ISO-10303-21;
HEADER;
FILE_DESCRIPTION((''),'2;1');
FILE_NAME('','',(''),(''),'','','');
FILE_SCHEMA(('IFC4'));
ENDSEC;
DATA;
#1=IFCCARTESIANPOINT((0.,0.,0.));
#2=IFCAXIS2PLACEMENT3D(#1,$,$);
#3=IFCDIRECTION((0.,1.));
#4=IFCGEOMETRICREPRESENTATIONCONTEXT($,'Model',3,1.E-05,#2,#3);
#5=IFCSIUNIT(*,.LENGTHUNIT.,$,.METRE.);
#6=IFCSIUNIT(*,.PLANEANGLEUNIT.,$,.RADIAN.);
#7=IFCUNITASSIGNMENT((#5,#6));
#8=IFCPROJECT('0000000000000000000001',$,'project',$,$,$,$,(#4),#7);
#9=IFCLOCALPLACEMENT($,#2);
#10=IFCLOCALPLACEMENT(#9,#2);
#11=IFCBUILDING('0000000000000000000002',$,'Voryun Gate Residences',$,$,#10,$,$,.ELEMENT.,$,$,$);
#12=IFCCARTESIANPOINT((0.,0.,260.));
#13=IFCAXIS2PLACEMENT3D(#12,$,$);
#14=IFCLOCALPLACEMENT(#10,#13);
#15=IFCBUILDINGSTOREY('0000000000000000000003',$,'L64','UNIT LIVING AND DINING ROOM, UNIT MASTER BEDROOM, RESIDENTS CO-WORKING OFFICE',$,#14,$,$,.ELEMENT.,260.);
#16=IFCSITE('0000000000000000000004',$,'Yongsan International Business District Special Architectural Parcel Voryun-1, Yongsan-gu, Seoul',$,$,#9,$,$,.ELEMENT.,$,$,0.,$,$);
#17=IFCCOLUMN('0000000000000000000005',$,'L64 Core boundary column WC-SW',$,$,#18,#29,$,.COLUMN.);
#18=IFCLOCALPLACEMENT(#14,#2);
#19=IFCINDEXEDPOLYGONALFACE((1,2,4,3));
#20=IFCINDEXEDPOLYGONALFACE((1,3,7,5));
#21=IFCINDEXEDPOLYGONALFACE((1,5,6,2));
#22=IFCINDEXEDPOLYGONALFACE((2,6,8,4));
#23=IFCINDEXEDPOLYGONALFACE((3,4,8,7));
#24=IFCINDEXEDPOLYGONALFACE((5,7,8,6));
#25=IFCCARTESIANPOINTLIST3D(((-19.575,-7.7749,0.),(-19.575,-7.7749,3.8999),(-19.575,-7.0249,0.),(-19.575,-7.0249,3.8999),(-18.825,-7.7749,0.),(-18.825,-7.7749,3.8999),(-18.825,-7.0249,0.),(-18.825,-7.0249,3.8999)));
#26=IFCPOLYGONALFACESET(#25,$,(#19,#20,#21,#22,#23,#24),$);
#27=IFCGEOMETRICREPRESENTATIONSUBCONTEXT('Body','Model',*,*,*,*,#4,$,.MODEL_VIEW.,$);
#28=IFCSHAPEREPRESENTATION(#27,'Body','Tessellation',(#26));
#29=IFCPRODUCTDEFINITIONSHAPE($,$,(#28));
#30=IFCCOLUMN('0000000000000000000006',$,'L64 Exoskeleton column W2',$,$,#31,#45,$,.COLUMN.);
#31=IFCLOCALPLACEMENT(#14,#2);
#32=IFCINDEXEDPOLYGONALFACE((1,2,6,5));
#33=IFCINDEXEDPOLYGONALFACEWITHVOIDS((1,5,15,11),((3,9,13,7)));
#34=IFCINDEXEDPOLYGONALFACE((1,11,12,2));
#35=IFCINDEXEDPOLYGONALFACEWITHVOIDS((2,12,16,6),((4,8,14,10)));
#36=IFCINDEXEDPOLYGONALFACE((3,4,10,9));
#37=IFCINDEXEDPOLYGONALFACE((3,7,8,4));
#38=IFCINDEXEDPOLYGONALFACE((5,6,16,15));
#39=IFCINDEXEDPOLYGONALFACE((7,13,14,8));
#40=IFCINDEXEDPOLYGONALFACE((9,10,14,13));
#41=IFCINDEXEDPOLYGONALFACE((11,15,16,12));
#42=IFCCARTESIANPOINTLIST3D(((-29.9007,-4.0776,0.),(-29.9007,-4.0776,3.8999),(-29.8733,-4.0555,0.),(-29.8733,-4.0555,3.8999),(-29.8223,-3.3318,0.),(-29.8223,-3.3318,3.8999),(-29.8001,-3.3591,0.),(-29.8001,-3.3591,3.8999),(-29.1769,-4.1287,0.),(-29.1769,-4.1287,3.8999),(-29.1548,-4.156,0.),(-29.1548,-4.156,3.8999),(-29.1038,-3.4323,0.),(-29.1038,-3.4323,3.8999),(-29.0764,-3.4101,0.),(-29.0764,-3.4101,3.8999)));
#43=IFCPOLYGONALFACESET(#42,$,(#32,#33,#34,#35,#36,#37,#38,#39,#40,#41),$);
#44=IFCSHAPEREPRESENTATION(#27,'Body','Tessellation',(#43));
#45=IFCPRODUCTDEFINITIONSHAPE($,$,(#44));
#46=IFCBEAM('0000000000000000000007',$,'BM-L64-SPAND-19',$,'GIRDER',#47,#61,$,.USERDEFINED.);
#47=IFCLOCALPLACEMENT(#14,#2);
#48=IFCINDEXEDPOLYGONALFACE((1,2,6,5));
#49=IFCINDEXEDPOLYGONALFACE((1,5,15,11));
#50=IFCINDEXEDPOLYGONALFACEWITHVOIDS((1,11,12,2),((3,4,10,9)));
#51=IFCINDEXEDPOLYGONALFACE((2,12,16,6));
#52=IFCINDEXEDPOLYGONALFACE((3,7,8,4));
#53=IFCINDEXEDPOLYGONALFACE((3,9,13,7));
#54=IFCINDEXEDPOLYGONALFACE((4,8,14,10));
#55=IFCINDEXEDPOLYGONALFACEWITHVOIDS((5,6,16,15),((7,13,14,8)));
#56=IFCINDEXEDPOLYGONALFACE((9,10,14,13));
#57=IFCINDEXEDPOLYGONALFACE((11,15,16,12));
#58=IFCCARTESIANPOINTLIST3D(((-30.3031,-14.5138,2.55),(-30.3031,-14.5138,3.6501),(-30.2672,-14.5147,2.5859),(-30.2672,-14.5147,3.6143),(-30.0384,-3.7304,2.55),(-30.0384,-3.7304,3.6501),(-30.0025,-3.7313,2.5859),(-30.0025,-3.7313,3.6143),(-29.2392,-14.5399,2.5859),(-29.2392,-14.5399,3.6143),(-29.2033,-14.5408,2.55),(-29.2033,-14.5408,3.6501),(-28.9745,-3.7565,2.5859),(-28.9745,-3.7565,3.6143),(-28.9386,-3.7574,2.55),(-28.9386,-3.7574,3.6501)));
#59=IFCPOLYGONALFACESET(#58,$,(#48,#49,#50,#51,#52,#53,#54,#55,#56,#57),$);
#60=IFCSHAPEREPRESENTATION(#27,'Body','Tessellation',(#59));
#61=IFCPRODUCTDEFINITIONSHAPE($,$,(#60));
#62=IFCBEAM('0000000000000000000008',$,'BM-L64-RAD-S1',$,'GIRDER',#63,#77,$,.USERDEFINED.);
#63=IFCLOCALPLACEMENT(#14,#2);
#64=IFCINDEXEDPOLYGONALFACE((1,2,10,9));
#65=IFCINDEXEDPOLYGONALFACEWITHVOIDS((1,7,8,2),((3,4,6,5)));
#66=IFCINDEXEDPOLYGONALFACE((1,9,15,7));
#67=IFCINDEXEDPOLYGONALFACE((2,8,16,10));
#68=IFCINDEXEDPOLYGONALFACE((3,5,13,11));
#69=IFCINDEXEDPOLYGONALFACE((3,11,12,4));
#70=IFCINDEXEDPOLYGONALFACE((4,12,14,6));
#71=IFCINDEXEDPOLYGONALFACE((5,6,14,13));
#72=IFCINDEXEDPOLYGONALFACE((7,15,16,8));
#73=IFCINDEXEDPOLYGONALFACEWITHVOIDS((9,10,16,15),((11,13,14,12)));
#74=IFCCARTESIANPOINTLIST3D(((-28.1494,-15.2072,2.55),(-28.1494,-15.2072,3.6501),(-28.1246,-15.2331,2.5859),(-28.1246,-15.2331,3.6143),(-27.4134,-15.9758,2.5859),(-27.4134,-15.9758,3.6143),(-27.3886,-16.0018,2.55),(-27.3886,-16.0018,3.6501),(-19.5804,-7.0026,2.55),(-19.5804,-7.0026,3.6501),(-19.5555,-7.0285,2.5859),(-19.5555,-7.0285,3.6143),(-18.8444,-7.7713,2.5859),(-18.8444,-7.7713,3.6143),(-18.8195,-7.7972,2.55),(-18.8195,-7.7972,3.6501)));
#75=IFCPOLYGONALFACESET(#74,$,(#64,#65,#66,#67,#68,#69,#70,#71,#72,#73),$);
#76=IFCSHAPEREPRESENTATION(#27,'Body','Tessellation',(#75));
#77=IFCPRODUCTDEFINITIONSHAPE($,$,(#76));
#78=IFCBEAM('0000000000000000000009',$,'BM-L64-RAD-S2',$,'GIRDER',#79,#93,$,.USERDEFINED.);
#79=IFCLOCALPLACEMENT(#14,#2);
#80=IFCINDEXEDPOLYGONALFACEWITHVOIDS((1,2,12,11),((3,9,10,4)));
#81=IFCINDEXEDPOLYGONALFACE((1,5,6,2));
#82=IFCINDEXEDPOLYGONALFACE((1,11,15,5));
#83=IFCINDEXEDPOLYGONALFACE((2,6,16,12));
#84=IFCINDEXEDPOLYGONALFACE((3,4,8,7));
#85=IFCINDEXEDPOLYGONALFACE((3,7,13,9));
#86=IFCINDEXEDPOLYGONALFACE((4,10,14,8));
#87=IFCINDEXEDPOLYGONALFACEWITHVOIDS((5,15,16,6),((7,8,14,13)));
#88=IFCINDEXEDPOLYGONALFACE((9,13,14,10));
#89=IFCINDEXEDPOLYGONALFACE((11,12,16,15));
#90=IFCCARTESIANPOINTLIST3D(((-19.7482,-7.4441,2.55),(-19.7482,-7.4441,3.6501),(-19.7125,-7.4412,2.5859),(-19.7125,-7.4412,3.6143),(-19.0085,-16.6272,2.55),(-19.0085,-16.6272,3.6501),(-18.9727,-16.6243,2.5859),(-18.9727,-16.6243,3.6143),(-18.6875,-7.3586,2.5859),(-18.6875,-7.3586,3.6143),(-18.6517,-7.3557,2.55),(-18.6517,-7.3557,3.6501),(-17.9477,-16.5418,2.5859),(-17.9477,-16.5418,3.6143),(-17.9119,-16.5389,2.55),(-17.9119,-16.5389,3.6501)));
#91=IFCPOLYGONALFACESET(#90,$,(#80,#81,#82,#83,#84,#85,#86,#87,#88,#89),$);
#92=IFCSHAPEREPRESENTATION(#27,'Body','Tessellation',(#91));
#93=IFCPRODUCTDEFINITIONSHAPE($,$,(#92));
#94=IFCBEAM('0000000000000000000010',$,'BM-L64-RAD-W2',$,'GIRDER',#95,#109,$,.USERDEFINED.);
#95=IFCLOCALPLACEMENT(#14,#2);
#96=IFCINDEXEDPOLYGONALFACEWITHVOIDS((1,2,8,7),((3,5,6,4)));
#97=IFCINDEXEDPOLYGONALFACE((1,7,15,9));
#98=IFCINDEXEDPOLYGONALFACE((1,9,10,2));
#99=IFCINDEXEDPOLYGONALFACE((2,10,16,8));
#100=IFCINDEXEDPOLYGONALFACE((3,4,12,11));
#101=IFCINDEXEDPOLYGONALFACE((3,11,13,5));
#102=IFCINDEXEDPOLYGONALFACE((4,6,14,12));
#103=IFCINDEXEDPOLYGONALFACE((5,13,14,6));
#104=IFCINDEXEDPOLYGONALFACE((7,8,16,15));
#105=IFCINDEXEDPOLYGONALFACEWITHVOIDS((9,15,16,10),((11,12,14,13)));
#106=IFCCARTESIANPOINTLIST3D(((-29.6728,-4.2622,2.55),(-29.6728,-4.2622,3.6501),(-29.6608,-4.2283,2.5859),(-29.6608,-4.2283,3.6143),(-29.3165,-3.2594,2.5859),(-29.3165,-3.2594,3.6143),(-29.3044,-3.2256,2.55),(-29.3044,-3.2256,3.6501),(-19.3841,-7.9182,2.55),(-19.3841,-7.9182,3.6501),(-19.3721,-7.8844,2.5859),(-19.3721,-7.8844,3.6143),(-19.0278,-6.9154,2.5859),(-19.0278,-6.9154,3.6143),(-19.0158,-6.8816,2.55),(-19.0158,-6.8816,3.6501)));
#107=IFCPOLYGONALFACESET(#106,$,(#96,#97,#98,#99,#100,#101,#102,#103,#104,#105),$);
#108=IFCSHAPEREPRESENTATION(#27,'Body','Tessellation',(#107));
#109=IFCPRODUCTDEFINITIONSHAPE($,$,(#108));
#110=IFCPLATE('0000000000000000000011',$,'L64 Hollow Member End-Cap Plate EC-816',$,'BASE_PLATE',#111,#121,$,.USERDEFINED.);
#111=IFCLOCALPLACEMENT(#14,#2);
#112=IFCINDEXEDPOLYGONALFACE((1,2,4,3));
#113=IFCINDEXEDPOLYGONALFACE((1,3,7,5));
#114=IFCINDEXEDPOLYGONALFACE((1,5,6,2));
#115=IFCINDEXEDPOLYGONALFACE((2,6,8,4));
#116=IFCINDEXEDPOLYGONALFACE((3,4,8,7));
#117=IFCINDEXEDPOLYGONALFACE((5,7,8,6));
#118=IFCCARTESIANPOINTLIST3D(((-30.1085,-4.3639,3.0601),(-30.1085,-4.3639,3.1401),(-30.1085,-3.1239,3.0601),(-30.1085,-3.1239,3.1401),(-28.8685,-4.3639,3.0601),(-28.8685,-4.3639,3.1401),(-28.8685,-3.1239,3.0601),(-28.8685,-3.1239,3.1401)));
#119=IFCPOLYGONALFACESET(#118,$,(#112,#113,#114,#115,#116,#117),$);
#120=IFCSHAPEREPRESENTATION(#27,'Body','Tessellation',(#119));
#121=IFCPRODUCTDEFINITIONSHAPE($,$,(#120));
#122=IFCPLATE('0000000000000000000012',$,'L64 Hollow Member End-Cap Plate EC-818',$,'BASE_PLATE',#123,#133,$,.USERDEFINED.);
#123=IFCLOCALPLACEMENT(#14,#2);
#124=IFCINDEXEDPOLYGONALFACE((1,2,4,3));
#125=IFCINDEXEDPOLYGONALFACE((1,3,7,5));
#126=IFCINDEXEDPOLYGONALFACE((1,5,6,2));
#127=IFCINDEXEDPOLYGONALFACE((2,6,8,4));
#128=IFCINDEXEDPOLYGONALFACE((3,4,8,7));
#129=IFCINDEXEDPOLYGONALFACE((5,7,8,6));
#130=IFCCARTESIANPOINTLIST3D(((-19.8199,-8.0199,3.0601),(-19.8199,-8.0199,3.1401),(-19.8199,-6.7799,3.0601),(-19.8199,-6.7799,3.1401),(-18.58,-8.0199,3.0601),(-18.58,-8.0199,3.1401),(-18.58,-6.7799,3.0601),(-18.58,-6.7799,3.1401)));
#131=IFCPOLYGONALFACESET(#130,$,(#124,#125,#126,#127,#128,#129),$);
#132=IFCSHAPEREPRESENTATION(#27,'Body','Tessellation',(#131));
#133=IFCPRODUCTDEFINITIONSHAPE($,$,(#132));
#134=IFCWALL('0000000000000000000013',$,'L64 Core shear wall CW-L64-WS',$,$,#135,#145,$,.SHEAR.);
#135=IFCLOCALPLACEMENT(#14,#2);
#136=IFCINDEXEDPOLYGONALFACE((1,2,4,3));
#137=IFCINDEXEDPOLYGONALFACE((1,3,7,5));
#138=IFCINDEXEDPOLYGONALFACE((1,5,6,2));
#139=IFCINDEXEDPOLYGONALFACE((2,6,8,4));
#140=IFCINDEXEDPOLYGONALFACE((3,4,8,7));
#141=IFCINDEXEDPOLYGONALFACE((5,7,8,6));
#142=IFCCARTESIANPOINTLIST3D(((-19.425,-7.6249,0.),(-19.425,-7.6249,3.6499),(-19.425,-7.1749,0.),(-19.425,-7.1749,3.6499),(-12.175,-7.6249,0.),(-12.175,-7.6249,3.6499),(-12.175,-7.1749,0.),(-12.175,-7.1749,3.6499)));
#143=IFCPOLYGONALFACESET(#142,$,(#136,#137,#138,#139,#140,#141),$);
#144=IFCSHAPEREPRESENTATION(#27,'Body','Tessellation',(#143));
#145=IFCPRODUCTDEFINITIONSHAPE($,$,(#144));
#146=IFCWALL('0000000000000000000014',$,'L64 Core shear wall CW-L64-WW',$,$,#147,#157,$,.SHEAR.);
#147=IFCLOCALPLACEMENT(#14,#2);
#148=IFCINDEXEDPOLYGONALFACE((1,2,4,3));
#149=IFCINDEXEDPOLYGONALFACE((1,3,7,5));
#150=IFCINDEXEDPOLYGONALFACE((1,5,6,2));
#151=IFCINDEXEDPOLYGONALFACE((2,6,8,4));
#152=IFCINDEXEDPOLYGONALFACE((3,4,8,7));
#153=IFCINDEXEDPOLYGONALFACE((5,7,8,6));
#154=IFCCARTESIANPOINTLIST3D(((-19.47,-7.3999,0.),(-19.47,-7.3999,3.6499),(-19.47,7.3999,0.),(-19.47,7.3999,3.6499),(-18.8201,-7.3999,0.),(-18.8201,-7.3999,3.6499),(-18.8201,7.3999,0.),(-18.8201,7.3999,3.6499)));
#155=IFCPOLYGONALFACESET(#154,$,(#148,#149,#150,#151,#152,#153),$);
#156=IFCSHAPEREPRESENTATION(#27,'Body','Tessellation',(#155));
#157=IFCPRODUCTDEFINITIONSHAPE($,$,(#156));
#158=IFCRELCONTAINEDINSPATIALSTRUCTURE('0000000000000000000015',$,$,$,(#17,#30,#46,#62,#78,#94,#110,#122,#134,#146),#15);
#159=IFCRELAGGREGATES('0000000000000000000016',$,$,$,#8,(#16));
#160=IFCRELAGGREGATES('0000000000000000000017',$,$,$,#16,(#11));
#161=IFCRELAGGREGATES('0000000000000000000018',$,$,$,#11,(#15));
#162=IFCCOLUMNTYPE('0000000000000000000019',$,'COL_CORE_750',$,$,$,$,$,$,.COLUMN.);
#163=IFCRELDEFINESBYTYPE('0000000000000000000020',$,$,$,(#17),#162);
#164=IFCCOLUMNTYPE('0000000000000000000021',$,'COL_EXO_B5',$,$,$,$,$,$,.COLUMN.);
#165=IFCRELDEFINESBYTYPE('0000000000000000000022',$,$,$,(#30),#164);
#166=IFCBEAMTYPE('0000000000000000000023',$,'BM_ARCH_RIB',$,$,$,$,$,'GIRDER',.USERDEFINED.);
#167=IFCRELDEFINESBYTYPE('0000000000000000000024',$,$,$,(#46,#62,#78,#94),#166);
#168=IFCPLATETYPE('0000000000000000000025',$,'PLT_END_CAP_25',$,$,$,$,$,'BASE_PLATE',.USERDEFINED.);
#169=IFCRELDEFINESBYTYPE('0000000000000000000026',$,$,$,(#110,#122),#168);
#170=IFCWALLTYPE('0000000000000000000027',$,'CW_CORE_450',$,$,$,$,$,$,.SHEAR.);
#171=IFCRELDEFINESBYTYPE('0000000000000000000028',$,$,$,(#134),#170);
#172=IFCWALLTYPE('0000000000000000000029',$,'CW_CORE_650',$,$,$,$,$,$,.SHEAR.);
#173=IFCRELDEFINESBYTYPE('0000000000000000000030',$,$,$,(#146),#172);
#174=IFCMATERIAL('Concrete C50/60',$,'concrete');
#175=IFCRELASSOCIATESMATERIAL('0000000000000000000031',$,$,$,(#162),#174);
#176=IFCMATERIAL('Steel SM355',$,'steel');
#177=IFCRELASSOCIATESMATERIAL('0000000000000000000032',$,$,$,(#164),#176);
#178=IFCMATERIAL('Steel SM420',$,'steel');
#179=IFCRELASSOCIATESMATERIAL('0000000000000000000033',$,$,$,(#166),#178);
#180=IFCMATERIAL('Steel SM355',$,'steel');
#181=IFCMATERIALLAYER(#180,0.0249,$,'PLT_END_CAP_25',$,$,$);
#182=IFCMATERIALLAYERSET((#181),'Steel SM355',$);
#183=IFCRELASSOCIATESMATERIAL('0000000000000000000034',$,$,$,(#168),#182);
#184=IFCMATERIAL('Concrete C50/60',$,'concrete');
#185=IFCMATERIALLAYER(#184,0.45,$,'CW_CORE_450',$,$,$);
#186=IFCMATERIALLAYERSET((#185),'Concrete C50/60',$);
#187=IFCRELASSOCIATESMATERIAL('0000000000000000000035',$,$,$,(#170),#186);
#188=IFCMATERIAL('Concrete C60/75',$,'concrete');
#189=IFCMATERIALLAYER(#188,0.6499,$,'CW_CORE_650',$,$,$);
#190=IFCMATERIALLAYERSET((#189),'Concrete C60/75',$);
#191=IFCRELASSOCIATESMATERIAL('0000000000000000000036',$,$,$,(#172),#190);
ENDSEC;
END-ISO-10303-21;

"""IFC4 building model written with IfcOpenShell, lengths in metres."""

from ifc_helpers import new_model, si_unit, direction, frame, frame_2d, origin, origin_2d, place, context, subcontext, project, spatial, rectangle, hollow_rectangle, extrude, material, layer, layer_set, material_profile, profile_set, type_object, element, save


model = new_model("IFC4")

# Units and contexts
model_context = context("Model", 3, precision=1e-05, world=origin(), true_north=direction((0.0, 1.0)))
body_context = subcontext(model_context, "Body", "Model", "MODEL_VIEW")
ifc_project = project(units=[si_unit("LENGTHUNIT", "METRE"), si_unit("PLANEANGLEUNIT", "RADIAN")], contexts=[model_context])

# Site, building, storey
site_placement = place(None, origin())
site = spatial("IfcSite", under=ifc_project, at=site_placement, Name="Yongsan International Business District Special Architectural Parcel Voryun-1, Yongsan-gu, Seoul", CompositionType="ELEMENT", RefElevation=0.0)
building_placement = place(site_placement, origin())
building = spatial("IfcBuilding", under=site, at=building_placement, Name="Voryun Gate Residences", CompositionType="ELEMENT")
storey_placement = place(building_placement, frame((0.0, 0.0, 260.0)))
storey = spatial("IfcBuildingStorey", under=building, at=storey_placement, Name="L64", Description="UNIT LIVING AND DINING ROOM, UNIT MASTER BEDROOM, RESIDENTS CO-WORKING OFFICE", CompositionType="ELEMENT", Elevation=260.0)

# Columns
ifc_material_1 = material(Name="Concrete C50/60", Category="concrete")
ifc_material_profile_1 = material_profile(ifc_material_1, rectangle(XDim=0.75, YDim=0.75, at=origin_2d()), Name="RC-750x750")
ifc_profile_set_1 = profile_set([ifc_material_profile_1], Name="Concrete C50/60")
column_type_1 = type_object("IfcColumnType", Name="COL_CORE_750", PredefinedType="COLUMN", material=ifc_profile_set_1)
column_1_placement = place(storey_placement, frame((-19.2, -7.3999, 0.0), z_axis=(0.0, 0.0, 1.0), x_axis=(1.0, 0.0, 0.0)))
element("IfcColumn", 1, at=column_1_placement, inside=storey, type_object=column_type_1, Name="L64 Core boundary column WC-SW", PredefinedType="COLUMN", context=body_context, shape_type="SweptSolid", body=[
    extrude(rectangle(XDim=0.75, YDim=0.75, at=origin_2d()), origin(), (0.0, 0.0, 1.0), 3.8999),
])
ifc_material_2 = material(Name="Steel SM355", Category="steel")
ifc_material_profile_2 = material_profile(ifc_material_2, hollow_rectangle(XDim=0.75, YDim=0.75, WallThickness=0.0249, at=origin_2d()), Name="BOX-750x750x25")
ifc_profile_set_2 = profile_set([ifc_material_profile_2], Name="Steel SM355")
column_type_2 = type_object("IfcColumnType", Name="COL_EXO_B5", PredefinedType="COLUMN", material=ifc_profile_set_2)
column_2_placement = place(storey_placement, frame((-29.4885, -3.7439, 0.0), z_axis=(0.0, 0.0, 1.0), x_axis=(0.994522, -0.104528, 0.0)))
element("IfcColumn", 2, at=column_2_placement, inside=storey, type_object=column_type_2, Name="L64 Exoskeleton column W2", PredefinedType="COLUMN", context=body_context, shape_type="SweptSolid", body=[
    extrude(hollow_rectangle(XDim=0.75, YDim=0.75, WallThickness=0.0249, at=origin_2d()), origin(), (0.0, 0.0, 1.0), 3.8999),
])

# Beams
ifc_material_3 = material(Name="Steel SM420", Category="steel")
ifc_material_profile_3 = material_profile(ifc_material_3, hollow_rectangle(XDim=1.1001, YDim=1.1001, WallThickness=0.0359, at=origin_2d()), Name="BOX-1100x1100x36")
ifc_profile_set_3 = profile_set([ifc_material_profile_3], Name="Steel SM420")
beam_type = type_object("IfcBeamType", Name="BM_ARCH_RIB", ElementType="GIRDER", PredefinedType="USERDEFINED", material=ifc_profile_set_3)
beam_1_placement = place(storey_placement, frame((-29.4885, -3.7439, 3.1001), z_axis=(-0.024535, -0.999699, 0.0), x_axis=(0.999699, -0.024535, 0.0)))
element("IfcBeam", 3, at=beam_1_placement, inside=storey, type_object=beam_type, Name="BM-L64-SPAND-19", ObjectType="GIRDER", PredefinedType="USERDEFINED", context=body_context, shape_type="SweptSolid", body=[
    extrude(hollow_rectangle(XDim=1.1001, YDim=1.1001, WallThickness=0.0359, at=origin_2d()), origin(), (0.0, 0.0, 1.0), 10.7866),
])
beam_2_placement = place(storey_placement, frame((-19.2, -7.3999, 3.1001), z_axis=(-0.722302, -0.691578, 0.0), x_axis=(0.691578, -0.722302, 0.0)))
element("IfcBeam", 4, at=beam_2_placement, inside=storey, type_object=beam_type, Name="BM-L64-RAD-S1", ObjectType="GIRDER", PredefinedType="USERDEFINED", context=body_context, shape_type="SweptSolid", body=[
    extrude(hollow_rectangle(XDim=1.1001, YDim=1.1001, WallThickness=0.0359, at=origin_2d()), origin(), (0.0, 0.0, 1.0), 11.8635),
])
beam_3_placement = place(storey_placement, frame((-19.2, -7.3999, 3.1001), z_axis=(0.080295, -0.996771, 0.0), x_axis=(0.996771, 0.080295, 0.0)))
element("IfcBeam", 5, at=beam_3_placement, inside=storey, type_object=beam_type, Name="BM-L64-RAD-S2", ObjectType="GIRDER", PredefinedType="USERDEFINED", context=body_context, shape_type="SweptSolid", body=[
    extrude(hollow_rectangle(XDim=1.1001, YDim=1.1001, WallThickness=0.0359, at=origin_2d()), origin(), (0.0, 0.0, 1.0), 9.2129),
])
beam_4_placement = place(storey_placement, frame((-19.2, -7.3999, 3.1001), z_axis=(-0.942277, 0.334835, 0.0), x_axis=(-0.334835, -0.942277, 0.0)))
element("IfcBeam", 6, at=beam_4_placement, inside=storey, type_object=beam_type, Name="BM-L64-RAD-W2", ObjectType="GIRDER", PredefinedType="USERDEFINED", context=body_context, shape_type="SweptSolid", body=[
    extrude(hollow_rectangle(XDim=1.1001, YDim=1.1001, WallThickness=0.0359, at=origin_2d()), origin(), (0.0, 0.0, 1.0), 10.9189),
])

# Plates
ifc_material_4 = material(Name="Steel SM355", Category="steel")
ifc_layer_1 = layer(ifc_material_4, 0.0249, Name="PLT_END_CAP_25")
ifc_layer_set_1 = layer_set([ifc_layer_1], Name="Steel SM355")
plate_type = type_object("IfcPlateType", Name="PLT_END_CAP_25", ElementType="BASE_PLATE", PredefinedType="USERDEFINED", material=ifc_layer_set_1)
for number, where, z_axis, x_axis, name in (
    (7, (-29.4885, -3.7439, 3.0601), (0.0, 0.0, 1.0), (1.0, 0.0, 0.0), "L64 Hollow Member End-Cap Plate EC-816"),
    (8, (-19.2, -7.3999, 3.0601), (0.0, 0.0, 1.0), (1.0, 0.0, 0.0), "L64 Hollow Member End-Cap Plate EC-818"),
):
    element("IfcPlate", number, at=place(storey_placement, frame(where, z_axis=z_axis, x_axis=x_axis)), inside=storey, type_object=plate_type, Name=name, ObjectType="BASE_PLATE", PredefinedType="USERDEFINED", context=body_context, shape_type="SweptSolid", body=[
        extrude(rectangle(XDim=1.24, YDim=1.24, at=origin_2d()), origin(), (0.0, 0.0, 1.0), 0.0801),
    ])

# Walls
ifc_material_5 = material(Name="Concrete C50/60", Category="concrete")
ifc_layer_2 = layer(ifc_material_5, 0.45, Name="CW_CORE_450")
ifc_layer_set_2 = layer_set([ifc_layer_2], Name="Concrete C50/60")
wall_type_1 = type_object("IfcWallType", Name="CW_CORE_450", PredefinedType="SHEAR", material=ifc_layer_set_2)
wall_1_placement = place(storey_placement, frame((-19.425, -7.3999, 0.0), z_axis=(0.0, 0.0, 1.0), x_axis=(1.0, 0.0, 0.0)))
element("IfcWall", 9, at=wall_1_placement, inside=storey, type_object=wall_type_1, Name="L64 Core shear wall CW-L64-WS", PredefinedType="SHEAR", context=body_context, shape_type="SweptSolid", body=[
    extrude(rectangle(XDim=7.25, YDim=0.45, at=frame_2d((3.625, 0.0))), origin(), (0.0, 0.0, 1.0), 3.6499),
])
ifc_material_6 = material(Name="Concrete C60/75", Category="concrete")
ifc_layer_3 = layer(ifc_material_6, 0.6499, Name="CW_CORE_650")
ifc_layer_set_3 = layer_set([ifc_layer_3], Name="Concrete C60/75")
wall_type_2 = type_object("IfcWallType", Name="CW_CORE_650", PredefinedType="SHEAR", material=ifc_layer_set_3)
wall_2_placement = place(storey_placement, frame((-19.145, -7.3999, 0.0), z_axis=(0.0, 0.0, 1.0), x_axis=(0.0, 1.0, 0.0)))
element("IfcWall", 10, at=wall_2_placement, inside=storey, type_object=wall_type_2, Name="L64 Core shear wall CW-L64-WW", PredefinedType="SHEAR", context=body_context, shape_type="SweptSolid", body=[
    extrude(rectangle(XDim=14.7998, YDim=0.6499, at=frame_2d((7.3999, 0.0))), origin(), (0.0, 0.0, 1.0), 3.6499),
])

save(model, "model.ifc")
